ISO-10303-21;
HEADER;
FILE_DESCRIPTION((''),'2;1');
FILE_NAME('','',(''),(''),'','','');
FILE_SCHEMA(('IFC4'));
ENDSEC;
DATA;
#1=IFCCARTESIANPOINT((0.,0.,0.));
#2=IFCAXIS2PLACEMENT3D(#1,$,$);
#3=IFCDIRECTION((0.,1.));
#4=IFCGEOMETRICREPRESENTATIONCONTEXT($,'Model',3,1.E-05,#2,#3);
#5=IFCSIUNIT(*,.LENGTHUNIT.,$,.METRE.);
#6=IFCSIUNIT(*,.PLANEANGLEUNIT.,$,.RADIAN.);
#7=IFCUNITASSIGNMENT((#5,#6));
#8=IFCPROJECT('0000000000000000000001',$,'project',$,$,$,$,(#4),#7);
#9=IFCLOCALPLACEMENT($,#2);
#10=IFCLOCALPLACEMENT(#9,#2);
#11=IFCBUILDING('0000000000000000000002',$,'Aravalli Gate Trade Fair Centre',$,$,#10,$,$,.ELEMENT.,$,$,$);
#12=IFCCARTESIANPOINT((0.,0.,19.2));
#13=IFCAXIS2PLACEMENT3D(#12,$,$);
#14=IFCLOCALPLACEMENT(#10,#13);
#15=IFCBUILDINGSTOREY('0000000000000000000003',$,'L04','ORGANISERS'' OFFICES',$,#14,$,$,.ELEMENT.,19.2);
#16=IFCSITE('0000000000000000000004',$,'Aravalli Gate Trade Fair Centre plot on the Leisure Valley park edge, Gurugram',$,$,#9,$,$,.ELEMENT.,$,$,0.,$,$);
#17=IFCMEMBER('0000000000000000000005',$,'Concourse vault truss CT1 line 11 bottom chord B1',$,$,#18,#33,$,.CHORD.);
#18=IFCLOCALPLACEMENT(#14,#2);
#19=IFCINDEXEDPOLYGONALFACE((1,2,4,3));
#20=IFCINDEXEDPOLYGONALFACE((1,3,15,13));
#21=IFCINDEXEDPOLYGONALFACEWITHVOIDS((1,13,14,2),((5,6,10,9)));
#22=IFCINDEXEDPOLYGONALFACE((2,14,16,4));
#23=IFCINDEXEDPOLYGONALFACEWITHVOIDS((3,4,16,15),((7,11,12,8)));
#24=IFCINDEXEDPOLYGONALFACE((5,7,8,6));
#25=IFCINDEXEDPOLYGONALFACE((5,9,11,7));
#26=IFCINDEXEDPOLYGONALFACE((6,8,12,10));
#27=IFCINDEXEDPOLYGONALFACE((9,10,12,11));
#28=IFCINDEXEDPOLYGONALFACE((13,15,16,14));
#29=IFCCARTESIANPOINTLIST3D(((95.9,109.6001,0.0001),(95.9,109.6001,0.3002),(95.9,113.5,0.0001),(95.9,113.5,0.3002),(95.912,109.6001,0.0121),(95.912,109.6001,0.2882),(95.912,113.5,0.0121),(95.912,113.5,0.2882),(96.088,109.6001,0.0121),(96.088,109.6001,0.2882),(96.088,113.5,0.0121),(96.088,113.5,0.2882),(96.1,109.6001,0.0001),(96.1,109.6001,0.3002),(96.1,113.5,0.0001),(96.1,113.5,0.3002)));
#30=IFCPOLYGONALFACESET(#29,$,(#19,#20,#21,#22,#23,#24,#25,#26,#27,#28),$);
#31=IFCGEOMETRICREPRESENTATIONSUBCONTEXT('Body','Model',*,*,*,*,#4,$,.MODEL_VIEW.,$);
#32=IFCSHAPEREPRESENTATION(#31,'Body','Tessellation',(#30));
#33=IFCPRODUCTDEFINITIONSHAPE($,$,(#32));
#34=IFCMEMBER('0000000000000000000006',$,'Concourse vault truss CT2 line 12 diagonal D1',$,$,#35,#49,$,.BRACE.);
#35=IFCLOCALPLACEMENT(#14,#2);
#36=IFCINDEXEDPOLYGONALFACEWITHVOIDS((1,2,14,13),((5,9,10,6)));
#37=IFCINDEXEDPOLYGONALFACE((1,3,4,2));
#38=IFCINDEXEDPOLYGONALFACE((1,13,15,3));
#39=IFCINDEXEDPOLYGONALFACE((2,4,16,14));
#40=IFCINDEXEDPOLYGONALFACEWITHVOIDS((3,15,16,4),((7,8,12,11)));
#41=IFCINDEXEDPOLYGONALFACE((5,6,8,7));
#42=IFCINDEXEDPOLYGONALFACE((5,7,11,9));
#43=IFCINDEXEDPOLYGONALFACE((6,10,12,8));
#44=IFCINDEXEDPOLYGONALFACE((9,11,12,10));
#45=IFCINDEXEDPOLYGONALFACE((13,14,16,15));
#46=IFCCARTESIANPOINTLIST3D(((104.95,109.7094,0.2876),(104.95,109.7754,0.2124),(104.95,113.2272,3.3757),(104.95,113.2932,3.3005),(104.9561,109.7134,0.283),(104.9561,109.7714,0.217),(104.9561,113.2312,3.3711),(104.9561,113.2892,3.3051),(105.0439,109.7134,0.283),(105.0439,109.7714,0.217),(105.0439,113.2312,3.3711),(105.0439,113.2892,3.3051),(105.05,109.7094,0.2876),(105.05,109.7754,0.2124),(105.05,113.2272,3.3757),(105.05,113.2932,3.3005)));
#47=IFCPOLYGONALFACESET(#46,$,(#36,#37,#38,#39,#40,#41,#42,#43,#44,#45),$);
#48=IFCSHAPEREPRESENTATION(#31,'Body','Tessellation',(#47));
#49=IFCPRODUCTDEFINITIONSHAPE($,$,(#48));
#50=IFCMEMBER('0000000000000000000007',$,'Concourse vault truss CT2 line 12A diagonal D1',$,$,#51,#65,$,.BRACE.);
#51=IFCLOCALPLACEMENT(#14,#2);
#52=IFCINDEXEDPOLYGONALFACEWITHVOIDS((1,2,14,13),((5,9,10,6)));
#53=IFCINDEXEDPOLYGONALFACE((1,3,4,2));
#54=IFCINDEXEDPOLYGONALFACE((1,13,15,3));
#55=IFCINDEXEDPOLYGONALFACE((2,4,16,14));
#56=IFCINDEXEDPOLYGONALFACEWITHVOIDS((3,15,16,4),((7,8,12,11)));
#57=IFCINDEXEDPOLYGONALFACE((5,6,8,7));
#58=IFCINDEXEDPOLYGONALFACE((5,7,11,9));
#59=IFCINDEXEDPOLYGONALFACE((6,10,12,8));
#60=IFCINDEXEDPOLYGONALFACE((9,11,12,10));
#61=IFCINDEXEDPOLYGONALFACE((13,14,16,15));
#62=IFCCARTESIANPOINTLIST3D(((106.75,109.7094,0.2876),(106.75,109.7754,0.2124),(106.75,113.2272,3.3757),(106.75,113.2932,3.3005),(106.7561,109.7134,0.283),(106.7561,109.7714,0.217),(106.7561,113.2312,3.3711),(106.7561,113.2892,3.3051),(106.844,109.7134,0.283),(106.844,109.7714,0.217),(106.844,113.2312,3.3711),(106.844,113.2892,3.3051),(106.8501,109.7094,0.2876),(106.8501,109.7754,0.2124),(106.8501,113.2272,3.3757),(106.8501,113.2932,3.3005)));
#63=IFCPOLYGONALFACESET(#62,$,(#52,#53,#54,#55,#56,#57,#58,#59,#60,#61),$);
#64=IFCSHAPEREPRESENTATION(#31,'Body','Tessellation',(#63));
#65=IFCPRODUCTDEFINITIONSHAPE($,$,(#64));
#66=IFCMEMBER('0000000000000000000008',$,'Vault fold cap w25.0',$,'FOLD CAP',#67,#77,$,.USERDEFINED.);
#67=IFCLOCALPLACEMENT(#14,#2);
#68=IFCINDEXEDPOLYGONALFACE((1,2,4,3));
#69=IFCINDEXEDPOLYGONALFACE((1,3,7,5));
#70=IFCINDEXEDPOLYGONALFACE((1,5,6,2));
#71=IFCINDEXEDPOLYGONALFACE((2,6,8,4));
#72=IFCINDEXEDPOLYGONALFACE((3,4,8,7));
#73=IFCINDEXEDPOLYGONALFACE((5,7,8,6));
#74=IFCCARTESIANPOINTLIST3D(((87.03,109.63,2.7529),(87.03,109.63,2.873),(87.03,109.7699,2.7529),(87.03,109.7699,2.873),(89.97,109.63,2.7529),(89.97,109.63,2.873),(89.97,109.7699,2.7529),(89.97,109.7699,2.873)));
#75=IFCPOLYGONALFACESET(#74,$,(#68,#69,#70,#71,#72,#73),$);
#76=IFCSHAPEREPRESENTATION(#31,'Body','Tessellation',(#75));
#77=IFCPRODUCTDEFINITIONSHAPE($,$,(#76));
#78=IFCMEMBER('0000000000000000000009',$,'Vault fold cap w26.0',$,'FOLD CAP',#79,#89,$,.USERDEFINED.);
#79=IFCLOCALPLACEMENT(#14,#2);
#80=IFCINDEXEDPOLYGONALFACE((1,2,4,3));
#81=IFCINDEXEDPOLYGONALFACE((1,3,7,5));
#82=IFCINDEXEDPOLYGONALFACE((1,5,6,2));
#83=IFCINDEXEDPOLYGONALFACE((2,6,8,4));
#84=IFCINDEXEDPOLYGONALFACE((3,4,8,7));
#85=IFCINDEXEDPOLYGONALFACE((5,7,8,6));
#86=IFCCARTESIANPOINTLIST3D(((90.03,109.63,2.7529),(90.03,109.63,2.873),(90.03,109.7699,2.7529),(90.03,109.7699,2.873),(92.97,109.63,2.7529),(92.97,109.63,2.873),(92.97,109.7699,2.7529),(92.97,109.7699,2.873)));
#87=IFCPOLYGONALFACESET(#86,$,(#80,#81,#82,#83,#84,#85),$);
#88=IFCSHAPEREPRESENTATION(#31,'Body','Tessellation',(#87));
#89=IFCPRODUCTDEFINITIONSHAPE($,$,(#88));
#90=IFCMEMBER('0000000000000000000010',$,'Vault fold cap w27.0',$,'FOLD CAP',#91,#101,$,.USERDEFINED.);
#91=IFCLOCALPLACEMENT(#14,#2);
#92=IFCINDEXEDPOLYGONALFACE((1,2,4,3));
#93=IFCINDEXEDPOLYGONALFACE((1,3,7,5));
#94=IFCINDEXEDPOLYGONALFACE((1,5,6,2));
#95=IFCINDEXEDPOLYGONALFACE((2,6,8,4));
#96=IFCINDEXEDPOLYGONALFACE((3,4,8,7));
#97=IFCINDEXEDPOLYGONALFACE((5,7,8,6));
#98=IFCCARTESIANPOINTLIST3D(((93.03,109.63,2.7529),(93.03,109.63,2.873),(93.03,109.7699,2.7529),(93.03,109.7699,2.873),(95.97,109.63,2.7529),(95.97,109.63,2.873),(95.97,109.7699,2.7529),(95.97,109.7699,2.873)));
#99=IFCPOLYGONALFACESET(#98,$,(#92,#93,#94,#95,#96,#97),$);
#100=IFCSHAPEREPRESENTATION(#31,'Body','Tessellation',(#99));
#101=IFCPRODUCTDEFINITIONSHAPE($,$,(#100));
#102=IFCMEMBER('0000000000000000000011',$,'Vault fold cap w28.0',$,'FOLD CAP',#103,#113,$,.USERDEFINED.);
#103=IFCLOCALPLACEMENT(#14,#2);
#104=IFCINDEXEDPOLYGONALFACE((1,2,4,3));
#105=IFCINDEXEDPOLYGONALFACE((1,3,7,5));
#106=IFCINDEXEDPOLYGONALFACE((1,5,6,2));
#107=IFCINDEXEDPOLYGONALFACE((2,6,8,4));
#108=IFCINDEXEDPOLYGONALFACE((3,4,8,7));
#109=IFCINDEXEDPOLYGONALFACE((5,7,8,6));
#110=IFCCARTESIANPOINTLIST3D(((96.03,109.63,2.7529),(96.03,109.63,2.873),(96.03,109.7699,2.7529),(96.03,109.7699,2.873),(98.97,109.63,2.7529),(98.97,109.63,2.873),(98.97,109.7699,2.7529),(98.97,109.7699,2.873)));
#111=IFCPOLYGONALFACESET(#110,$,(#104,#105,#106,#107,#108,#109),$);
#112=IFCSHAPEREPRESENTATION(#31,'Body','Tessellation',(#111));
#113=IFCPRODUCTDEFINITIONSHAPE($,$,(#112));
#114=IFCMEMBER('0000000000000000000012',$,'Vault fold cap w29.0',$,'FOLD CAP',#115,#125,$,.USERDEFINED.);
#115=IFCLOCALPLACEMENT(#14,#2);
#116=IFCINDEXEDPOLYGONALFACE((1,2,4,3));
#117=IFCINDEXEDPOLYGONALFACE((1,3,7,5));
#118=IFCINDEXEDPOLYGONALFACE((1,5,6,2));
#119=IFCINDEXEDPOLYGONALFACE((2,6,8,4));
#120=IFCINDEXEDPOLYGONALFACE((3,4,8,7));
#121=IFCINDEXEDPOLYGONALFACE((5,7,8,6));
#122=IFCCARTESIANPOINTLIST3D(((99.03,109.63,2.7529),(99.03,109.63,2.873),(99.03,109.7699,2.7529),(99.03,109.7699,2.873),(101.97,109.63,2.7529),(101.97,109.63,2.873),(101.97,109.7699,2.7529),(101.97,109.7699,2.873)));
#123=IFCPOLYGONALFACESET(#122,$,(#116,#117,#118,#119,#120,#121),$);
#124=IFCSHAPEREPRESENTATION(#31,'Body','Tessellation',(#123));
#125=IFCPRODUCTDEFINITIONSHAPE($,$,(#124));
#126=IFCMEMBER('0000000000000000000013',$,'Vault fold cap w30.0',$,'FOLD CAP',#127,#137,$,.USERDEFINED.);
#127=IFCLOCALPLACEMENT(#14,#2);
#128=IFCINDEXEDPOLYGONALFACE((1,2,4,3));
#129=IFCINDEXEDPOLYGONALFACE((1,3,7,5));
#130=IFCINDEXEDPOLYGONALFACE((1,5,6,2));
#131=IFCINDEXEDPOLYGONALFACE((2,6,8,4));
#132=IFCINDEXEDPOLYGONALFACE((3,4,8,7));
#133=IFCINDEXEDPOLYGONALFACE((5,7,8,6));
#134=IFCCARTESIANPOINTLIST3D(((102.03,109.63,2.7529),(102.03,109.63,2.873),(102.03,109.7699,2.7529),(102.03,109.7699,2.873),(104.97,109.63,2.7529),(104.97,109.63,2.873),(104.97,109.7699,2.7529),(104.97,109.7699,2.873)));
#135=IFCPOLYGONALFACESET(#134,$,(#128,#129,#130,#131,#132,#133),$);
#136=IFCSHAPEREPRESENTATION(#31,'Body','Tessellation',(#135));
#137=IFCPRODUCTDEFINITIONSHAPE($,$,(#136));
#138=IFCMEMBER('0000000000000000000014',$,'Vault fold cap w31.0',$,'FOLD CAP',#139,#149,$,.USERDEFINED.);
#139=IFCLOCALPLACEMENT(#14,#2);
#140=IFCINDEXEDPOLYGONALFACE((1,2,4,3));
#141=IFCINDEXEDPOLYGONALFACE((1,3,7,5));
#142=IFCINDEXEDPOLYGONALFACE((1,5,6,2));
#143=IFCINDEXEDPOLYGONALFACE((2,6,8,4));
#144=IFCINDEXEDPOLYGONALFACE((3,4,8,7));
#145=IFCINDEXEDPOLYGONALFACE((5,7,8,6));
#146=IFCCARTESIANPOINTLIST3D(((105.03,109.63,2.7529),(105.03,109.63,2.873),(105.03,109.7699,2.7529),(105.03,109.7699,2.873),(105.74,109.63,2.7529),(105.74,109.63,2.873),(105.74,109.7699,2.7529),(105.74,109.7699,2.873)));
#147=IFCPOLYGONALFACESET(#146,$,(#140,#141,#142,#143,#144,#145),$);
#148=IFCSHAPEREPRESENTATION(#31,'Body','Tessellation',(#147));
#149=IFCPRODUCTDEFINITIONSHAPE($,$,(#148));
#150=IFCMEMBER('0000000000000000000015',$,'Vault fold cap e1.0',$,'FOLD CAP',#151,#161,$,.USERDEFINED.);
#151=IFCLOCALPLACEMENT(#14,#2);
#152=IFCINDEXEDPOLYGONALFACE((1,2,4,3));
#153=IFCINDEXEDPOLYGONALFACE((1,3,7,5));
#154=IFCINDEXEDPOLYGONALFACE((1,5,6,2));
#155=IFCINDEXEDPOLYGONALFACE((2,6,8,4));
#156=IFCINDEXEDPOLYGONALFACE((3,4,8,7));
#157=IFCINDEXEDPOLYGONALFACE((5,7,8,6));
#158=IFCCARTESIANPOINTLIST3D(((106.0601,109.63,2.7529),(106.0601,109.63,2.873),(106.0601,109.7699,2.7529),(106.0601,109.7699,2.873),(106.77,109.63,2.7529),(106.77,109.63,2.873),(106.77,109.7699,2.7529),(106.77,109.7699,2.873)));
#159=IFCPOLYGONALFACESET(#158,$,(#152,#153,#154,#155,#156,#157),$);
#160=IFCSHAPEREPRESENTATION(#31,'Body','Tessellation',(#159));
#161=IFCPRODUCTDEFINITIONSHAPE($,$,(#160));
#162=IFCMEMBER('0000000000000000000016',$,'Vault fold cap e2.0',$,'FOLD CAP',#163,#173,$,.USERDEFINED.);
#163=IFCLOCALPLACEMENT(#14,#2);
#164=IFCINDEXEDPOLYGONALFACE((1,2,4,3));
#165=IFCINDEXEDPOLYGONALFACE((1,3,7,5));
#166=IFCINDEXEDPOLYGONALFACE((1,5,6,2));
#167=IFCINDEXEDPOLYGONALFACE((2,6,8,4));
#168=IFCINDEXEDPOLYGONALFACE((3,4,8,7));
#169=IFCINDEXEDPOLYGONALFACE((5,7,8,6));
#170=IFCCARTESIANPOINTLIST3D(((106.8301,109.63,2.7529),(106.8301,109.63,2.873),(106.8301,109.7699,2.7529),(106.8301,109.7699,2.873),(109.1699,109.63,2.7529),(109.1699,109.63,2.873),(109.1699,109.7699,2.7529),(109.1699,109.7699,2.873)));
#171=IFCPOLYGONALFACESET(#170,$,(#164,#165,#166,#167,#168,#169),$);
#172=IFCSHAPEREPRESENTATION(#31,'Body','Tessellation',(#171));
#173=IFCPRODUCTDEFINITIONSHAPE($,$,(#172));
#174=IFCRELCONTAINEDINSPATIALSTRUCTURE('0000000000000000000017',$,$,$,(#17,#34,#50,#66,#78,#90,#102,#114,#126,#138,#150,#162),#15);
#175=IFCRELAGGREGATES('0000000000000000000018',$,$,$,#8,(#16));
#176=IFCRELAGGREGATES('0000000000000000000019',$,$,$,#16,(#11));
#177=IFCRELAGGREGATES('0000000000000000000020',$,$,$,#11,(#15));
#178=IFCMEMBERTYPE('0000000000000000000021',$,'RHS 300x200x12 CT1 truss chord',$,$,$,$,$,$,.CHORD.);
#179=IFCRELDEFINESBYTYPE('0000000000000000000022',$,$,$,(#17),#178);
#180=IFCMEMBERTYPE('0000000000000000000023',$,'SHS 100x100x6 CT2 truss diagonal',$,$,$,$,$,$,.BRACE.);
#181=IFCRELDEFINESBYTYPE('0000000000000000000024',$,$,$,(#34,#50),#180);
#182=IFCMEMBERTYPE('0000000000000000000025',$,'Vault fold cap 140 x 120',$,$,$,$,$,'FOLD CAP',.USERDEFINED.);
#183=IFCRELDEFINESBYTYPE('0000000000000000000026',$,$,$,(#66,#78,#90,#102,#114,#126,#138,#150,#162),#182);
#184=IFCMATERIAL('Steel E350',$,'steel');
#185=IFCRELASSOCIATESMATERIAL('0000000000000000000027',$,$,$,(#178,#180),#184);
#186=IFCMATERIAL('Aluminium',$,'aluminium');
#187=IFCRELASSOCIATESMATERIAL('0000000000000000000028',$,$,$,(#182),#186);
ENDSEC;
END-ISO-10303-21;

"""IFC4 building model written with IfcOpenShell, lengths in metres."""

from ifc_helpers import new_model, si_unit, direction, frame, origin, origin_2d, place, context, subcontext, project, spatial, rectangle, hollow_rectangle, extrude, material, material_profile, profile_set, type_object, element, save


model = new_model("IFC4")

# Units and contexts
model_context = context("Model", 3, precision=1e-05, world=origin(), true_north=direction((0.0, 1.0)))
body_context = subcontext(model_context, "Body", "Model", "MODEL_VIEW")
ifc_project = project(units=[si_unit("LENGTHUNIT", "METRE"), si_unit("PLANEANGLEUNIT", "RADIAN")], contexts=[model_context])

# Site, building, storey
site_placement = place(None, origin())
site = spatial("IfcSite", under=ifc_project, at=site_placement, Name="Aravalli Gate Trade Fair Centre plot on the Leisure Valley park edge, Gurugram", CompositionType="ELEMENT", RefElevation=0.0)
building_placement = place(site_placement, origin())
building = spatial("IfcBuilding", under=site, at=building_placement, Name="Aravalli Gate Trade Fair Centre", CompositionType="ELEMENT")
storey_placement = place(building_placement, frame((0.0, 0.0, 19.2)))
storey = spatial("IfcBuildingStorey", under=building, at=storey_placement, Name="L04", Description="ORGANISERS' OFFICES", CompositionType="ELEMENT", Elevation=19.2)

# Members
ifc_material_1 = material(Name="Steel E350", Category="steel")
ifc_material_profile_1 = material_profile(ifc_material_1, hollow_rectangle(XDim=0.2, YDim=0.3, WallThickness=0.012, at=origin_2d()), Name="RHS 300x200x12")
ifc_profile_set_1 = profile_set([ifc_material_profile_1], Name="Steel E350")
member_type_1 = type_object("IfcMemberType", Name="RHS 300x200x12 CT1 truss chord", PredefinedType="CHORD", material=ifc_profile_set_1)
member_1_placement = place(storey_placement, frame((96.0, 109.6001, 0.1501), z_axis=(0.0, 1.0, 0.0), x_axis=(-1.0, 0.0, 0.0)))
element("IfcMember", 1, at=member_1_placement, inside=storey, type_object=member_type_1, Name="Concourse vault truss CT1 line 11 bottom chord B1", PredefinedType="CHORD", context=body_context, shape_type="SweptSolid", body=[
    extrude(hollow_rectangle(XDim=0.2, YDim=0.3, WallThickness=0.012, at=origin_2d()), origin(), (0.0, 0.0, 1.0), 3.8999),
])
ifc_material_profile_2 = material_profile(ifc_material_1, hollow_rectangle(XDim=0.1001, YDim=0.1001, WallThickness=0.0061, at=origin_2d()), Name="SHS 100x100x6")
ifc_profile_set_2 = profile_set([ifc_material_profile_2], Name="Steel E350")
member_type_2 = type_object("IfcMemberType", Name="SHS 100x100x6 CT2 truss diagonal", PredefinedType="BRACE", material=ifc_profile_set_2)
for number, where, z_axis, x_axis, name in (
    (2, (105.0, 109.7424, 0.25), (0.0, 0.751513, 0.659719), (-1.0, 0.0, 0.0), "Concourse vault truss CT2 line 12 diagonal D1"),
    (3, (106.8, 109.7424, 0.25), (0.0, 0.751513, 0.659719), (-1.0, 0.0, 0.0), "Concourse vault truss CT2 line 12A diagonal D1"),
):
    element("IfcMember", number, at=place(storey_placement, frame(where, z_axis=z_axis, x_axis=x_axis)), inside=storey, type_object=member_type_2, Name=name, PredefinedType="BRACE", context=body_context, shape_type="SweptSolid", body=[
        extrude(hollow_rectangle(XDim=0.1001, YDim=0.1001, WallThickness=0.0061, at=origin_2d()), origin(), (0.0, 0.0, 1.0), 4.6809),
    ])
ifc_material_2 = material(Name="Aluminium", Category="aluminium")
ifc_material_profile_3 = material_profile(ifc_material_2, rectangle(XDim=0.1399, YDim=0.1201, at=origin_2d()), Name="Vault fold cap 140 x 120")
ifc_profile_set_3 = profile_set([ifc_material_profile_3], Name="Aluminium")
member_type_3 = type_object("IfcMemberType", Name="Vault fold cap 140 x 120", ElementType="FOLD CAP", PredefinedType="USERDEFINED", material=ifc_profile_set_3)
for number, where, z_axis, x_axis, name in (
    (4, (87.03, 109.7, 2.813), (1.0, 0.0, 0.0), (0.0, 1.0, 0.0), "Vault fold cap w25.0"),
    (5, (90.03, 109.7, 2.813), (1.0, 0.0, 0.0), (0.0, 1.0, 0.0), "Vault fold cap w26.0"),
    (6, (93.03, 109.7, 2.813), (1.0, 0.0, 0.0), (0.0, 1.0, 0.0), "Vault fold cap w27.0"),
    (7, (96.03, 109.7, 2.813), (1.0, 0.0, 0.0), (0.0, 1.0, 0.0), "Vault fold cap w28.0"),
    (8, (99.03, 109.7, 2.813), (1.0, 0.0, 0.0), (0.0, 1.0, 0.0), "Vault fold cap w29.0"),
    (9, (102.03, 109.7, 2.813), (1.0, 0.0, 0.0), (0.0, 1.0, 0.0), "Vault fold cap w30.0"),
):
    element("IfcMember", number, at=place(storey_placement, frame(where, z_axis=z_axis, x_axis=x_axis)), inside=storey, type_object=member_type_3, Name=name, ObjectType="FOLD CAP", PredefinedType="USERDEFINED", context=body_context, shape_type="SweptSolid", body=[
        extrude(rectangle(XDim=0.1399, YDim=0.1201, at=origin_2d()), origin(), (0.0, 0.0, 1.0), 2.9399),
    ])
for number, where, z_axis, x_axis, name in (
    (10, (105.03, 109.7, 2.813), (1.0, 0.0, 0.0), (0.0, 1.0, 0.0), "Vault fold cap w31.0"),
    (11, (106.0601, 109.7, 2.813), (1.0, 0.0, 0.0), (0.0, 1.0, 0.0), "Vault fold cap e1.0"),
):
    element("IfcMember", number, at=place(storey_placement, frame(where, z_axis=z_axis, x_axis=x_axis)), inside=storey, type_object=member_type_3, Name=name, ObjectType="FOLD CAP", PredefinedType="USERDEFINED", context=body_context, shape_type="SweptSolid", body=[
        extrude(rectangle(XDim=0.1399, YDim=0.1201, at=origin_2d()), origin(), (0.0, 0.0, 1.0), 0.71),
    ])
member_2_placement = place(storey_placement, frame((106.8301, 109.7, 2.813), z_axis=(1.0, 0.0, 0.0), x_axis=(0.0, 1.0, 0.0)))
element("IfcMember", 12, at=member_2_placement, inside=storey, type_object=member_type_3, Name="Vault fold cap e2.0", ObjectType="FOLD CAP", PredefinedType="USERDEFINED", context=body_context, shape_type="SweptSolid", body=[
    extrude(rectangle(XDim=0.1399, YDim=0.1201, at=origin_2d()), origin(), (0.0, 0.0, 1.0), 2.3398),
])

save(model, "model.ifc")
